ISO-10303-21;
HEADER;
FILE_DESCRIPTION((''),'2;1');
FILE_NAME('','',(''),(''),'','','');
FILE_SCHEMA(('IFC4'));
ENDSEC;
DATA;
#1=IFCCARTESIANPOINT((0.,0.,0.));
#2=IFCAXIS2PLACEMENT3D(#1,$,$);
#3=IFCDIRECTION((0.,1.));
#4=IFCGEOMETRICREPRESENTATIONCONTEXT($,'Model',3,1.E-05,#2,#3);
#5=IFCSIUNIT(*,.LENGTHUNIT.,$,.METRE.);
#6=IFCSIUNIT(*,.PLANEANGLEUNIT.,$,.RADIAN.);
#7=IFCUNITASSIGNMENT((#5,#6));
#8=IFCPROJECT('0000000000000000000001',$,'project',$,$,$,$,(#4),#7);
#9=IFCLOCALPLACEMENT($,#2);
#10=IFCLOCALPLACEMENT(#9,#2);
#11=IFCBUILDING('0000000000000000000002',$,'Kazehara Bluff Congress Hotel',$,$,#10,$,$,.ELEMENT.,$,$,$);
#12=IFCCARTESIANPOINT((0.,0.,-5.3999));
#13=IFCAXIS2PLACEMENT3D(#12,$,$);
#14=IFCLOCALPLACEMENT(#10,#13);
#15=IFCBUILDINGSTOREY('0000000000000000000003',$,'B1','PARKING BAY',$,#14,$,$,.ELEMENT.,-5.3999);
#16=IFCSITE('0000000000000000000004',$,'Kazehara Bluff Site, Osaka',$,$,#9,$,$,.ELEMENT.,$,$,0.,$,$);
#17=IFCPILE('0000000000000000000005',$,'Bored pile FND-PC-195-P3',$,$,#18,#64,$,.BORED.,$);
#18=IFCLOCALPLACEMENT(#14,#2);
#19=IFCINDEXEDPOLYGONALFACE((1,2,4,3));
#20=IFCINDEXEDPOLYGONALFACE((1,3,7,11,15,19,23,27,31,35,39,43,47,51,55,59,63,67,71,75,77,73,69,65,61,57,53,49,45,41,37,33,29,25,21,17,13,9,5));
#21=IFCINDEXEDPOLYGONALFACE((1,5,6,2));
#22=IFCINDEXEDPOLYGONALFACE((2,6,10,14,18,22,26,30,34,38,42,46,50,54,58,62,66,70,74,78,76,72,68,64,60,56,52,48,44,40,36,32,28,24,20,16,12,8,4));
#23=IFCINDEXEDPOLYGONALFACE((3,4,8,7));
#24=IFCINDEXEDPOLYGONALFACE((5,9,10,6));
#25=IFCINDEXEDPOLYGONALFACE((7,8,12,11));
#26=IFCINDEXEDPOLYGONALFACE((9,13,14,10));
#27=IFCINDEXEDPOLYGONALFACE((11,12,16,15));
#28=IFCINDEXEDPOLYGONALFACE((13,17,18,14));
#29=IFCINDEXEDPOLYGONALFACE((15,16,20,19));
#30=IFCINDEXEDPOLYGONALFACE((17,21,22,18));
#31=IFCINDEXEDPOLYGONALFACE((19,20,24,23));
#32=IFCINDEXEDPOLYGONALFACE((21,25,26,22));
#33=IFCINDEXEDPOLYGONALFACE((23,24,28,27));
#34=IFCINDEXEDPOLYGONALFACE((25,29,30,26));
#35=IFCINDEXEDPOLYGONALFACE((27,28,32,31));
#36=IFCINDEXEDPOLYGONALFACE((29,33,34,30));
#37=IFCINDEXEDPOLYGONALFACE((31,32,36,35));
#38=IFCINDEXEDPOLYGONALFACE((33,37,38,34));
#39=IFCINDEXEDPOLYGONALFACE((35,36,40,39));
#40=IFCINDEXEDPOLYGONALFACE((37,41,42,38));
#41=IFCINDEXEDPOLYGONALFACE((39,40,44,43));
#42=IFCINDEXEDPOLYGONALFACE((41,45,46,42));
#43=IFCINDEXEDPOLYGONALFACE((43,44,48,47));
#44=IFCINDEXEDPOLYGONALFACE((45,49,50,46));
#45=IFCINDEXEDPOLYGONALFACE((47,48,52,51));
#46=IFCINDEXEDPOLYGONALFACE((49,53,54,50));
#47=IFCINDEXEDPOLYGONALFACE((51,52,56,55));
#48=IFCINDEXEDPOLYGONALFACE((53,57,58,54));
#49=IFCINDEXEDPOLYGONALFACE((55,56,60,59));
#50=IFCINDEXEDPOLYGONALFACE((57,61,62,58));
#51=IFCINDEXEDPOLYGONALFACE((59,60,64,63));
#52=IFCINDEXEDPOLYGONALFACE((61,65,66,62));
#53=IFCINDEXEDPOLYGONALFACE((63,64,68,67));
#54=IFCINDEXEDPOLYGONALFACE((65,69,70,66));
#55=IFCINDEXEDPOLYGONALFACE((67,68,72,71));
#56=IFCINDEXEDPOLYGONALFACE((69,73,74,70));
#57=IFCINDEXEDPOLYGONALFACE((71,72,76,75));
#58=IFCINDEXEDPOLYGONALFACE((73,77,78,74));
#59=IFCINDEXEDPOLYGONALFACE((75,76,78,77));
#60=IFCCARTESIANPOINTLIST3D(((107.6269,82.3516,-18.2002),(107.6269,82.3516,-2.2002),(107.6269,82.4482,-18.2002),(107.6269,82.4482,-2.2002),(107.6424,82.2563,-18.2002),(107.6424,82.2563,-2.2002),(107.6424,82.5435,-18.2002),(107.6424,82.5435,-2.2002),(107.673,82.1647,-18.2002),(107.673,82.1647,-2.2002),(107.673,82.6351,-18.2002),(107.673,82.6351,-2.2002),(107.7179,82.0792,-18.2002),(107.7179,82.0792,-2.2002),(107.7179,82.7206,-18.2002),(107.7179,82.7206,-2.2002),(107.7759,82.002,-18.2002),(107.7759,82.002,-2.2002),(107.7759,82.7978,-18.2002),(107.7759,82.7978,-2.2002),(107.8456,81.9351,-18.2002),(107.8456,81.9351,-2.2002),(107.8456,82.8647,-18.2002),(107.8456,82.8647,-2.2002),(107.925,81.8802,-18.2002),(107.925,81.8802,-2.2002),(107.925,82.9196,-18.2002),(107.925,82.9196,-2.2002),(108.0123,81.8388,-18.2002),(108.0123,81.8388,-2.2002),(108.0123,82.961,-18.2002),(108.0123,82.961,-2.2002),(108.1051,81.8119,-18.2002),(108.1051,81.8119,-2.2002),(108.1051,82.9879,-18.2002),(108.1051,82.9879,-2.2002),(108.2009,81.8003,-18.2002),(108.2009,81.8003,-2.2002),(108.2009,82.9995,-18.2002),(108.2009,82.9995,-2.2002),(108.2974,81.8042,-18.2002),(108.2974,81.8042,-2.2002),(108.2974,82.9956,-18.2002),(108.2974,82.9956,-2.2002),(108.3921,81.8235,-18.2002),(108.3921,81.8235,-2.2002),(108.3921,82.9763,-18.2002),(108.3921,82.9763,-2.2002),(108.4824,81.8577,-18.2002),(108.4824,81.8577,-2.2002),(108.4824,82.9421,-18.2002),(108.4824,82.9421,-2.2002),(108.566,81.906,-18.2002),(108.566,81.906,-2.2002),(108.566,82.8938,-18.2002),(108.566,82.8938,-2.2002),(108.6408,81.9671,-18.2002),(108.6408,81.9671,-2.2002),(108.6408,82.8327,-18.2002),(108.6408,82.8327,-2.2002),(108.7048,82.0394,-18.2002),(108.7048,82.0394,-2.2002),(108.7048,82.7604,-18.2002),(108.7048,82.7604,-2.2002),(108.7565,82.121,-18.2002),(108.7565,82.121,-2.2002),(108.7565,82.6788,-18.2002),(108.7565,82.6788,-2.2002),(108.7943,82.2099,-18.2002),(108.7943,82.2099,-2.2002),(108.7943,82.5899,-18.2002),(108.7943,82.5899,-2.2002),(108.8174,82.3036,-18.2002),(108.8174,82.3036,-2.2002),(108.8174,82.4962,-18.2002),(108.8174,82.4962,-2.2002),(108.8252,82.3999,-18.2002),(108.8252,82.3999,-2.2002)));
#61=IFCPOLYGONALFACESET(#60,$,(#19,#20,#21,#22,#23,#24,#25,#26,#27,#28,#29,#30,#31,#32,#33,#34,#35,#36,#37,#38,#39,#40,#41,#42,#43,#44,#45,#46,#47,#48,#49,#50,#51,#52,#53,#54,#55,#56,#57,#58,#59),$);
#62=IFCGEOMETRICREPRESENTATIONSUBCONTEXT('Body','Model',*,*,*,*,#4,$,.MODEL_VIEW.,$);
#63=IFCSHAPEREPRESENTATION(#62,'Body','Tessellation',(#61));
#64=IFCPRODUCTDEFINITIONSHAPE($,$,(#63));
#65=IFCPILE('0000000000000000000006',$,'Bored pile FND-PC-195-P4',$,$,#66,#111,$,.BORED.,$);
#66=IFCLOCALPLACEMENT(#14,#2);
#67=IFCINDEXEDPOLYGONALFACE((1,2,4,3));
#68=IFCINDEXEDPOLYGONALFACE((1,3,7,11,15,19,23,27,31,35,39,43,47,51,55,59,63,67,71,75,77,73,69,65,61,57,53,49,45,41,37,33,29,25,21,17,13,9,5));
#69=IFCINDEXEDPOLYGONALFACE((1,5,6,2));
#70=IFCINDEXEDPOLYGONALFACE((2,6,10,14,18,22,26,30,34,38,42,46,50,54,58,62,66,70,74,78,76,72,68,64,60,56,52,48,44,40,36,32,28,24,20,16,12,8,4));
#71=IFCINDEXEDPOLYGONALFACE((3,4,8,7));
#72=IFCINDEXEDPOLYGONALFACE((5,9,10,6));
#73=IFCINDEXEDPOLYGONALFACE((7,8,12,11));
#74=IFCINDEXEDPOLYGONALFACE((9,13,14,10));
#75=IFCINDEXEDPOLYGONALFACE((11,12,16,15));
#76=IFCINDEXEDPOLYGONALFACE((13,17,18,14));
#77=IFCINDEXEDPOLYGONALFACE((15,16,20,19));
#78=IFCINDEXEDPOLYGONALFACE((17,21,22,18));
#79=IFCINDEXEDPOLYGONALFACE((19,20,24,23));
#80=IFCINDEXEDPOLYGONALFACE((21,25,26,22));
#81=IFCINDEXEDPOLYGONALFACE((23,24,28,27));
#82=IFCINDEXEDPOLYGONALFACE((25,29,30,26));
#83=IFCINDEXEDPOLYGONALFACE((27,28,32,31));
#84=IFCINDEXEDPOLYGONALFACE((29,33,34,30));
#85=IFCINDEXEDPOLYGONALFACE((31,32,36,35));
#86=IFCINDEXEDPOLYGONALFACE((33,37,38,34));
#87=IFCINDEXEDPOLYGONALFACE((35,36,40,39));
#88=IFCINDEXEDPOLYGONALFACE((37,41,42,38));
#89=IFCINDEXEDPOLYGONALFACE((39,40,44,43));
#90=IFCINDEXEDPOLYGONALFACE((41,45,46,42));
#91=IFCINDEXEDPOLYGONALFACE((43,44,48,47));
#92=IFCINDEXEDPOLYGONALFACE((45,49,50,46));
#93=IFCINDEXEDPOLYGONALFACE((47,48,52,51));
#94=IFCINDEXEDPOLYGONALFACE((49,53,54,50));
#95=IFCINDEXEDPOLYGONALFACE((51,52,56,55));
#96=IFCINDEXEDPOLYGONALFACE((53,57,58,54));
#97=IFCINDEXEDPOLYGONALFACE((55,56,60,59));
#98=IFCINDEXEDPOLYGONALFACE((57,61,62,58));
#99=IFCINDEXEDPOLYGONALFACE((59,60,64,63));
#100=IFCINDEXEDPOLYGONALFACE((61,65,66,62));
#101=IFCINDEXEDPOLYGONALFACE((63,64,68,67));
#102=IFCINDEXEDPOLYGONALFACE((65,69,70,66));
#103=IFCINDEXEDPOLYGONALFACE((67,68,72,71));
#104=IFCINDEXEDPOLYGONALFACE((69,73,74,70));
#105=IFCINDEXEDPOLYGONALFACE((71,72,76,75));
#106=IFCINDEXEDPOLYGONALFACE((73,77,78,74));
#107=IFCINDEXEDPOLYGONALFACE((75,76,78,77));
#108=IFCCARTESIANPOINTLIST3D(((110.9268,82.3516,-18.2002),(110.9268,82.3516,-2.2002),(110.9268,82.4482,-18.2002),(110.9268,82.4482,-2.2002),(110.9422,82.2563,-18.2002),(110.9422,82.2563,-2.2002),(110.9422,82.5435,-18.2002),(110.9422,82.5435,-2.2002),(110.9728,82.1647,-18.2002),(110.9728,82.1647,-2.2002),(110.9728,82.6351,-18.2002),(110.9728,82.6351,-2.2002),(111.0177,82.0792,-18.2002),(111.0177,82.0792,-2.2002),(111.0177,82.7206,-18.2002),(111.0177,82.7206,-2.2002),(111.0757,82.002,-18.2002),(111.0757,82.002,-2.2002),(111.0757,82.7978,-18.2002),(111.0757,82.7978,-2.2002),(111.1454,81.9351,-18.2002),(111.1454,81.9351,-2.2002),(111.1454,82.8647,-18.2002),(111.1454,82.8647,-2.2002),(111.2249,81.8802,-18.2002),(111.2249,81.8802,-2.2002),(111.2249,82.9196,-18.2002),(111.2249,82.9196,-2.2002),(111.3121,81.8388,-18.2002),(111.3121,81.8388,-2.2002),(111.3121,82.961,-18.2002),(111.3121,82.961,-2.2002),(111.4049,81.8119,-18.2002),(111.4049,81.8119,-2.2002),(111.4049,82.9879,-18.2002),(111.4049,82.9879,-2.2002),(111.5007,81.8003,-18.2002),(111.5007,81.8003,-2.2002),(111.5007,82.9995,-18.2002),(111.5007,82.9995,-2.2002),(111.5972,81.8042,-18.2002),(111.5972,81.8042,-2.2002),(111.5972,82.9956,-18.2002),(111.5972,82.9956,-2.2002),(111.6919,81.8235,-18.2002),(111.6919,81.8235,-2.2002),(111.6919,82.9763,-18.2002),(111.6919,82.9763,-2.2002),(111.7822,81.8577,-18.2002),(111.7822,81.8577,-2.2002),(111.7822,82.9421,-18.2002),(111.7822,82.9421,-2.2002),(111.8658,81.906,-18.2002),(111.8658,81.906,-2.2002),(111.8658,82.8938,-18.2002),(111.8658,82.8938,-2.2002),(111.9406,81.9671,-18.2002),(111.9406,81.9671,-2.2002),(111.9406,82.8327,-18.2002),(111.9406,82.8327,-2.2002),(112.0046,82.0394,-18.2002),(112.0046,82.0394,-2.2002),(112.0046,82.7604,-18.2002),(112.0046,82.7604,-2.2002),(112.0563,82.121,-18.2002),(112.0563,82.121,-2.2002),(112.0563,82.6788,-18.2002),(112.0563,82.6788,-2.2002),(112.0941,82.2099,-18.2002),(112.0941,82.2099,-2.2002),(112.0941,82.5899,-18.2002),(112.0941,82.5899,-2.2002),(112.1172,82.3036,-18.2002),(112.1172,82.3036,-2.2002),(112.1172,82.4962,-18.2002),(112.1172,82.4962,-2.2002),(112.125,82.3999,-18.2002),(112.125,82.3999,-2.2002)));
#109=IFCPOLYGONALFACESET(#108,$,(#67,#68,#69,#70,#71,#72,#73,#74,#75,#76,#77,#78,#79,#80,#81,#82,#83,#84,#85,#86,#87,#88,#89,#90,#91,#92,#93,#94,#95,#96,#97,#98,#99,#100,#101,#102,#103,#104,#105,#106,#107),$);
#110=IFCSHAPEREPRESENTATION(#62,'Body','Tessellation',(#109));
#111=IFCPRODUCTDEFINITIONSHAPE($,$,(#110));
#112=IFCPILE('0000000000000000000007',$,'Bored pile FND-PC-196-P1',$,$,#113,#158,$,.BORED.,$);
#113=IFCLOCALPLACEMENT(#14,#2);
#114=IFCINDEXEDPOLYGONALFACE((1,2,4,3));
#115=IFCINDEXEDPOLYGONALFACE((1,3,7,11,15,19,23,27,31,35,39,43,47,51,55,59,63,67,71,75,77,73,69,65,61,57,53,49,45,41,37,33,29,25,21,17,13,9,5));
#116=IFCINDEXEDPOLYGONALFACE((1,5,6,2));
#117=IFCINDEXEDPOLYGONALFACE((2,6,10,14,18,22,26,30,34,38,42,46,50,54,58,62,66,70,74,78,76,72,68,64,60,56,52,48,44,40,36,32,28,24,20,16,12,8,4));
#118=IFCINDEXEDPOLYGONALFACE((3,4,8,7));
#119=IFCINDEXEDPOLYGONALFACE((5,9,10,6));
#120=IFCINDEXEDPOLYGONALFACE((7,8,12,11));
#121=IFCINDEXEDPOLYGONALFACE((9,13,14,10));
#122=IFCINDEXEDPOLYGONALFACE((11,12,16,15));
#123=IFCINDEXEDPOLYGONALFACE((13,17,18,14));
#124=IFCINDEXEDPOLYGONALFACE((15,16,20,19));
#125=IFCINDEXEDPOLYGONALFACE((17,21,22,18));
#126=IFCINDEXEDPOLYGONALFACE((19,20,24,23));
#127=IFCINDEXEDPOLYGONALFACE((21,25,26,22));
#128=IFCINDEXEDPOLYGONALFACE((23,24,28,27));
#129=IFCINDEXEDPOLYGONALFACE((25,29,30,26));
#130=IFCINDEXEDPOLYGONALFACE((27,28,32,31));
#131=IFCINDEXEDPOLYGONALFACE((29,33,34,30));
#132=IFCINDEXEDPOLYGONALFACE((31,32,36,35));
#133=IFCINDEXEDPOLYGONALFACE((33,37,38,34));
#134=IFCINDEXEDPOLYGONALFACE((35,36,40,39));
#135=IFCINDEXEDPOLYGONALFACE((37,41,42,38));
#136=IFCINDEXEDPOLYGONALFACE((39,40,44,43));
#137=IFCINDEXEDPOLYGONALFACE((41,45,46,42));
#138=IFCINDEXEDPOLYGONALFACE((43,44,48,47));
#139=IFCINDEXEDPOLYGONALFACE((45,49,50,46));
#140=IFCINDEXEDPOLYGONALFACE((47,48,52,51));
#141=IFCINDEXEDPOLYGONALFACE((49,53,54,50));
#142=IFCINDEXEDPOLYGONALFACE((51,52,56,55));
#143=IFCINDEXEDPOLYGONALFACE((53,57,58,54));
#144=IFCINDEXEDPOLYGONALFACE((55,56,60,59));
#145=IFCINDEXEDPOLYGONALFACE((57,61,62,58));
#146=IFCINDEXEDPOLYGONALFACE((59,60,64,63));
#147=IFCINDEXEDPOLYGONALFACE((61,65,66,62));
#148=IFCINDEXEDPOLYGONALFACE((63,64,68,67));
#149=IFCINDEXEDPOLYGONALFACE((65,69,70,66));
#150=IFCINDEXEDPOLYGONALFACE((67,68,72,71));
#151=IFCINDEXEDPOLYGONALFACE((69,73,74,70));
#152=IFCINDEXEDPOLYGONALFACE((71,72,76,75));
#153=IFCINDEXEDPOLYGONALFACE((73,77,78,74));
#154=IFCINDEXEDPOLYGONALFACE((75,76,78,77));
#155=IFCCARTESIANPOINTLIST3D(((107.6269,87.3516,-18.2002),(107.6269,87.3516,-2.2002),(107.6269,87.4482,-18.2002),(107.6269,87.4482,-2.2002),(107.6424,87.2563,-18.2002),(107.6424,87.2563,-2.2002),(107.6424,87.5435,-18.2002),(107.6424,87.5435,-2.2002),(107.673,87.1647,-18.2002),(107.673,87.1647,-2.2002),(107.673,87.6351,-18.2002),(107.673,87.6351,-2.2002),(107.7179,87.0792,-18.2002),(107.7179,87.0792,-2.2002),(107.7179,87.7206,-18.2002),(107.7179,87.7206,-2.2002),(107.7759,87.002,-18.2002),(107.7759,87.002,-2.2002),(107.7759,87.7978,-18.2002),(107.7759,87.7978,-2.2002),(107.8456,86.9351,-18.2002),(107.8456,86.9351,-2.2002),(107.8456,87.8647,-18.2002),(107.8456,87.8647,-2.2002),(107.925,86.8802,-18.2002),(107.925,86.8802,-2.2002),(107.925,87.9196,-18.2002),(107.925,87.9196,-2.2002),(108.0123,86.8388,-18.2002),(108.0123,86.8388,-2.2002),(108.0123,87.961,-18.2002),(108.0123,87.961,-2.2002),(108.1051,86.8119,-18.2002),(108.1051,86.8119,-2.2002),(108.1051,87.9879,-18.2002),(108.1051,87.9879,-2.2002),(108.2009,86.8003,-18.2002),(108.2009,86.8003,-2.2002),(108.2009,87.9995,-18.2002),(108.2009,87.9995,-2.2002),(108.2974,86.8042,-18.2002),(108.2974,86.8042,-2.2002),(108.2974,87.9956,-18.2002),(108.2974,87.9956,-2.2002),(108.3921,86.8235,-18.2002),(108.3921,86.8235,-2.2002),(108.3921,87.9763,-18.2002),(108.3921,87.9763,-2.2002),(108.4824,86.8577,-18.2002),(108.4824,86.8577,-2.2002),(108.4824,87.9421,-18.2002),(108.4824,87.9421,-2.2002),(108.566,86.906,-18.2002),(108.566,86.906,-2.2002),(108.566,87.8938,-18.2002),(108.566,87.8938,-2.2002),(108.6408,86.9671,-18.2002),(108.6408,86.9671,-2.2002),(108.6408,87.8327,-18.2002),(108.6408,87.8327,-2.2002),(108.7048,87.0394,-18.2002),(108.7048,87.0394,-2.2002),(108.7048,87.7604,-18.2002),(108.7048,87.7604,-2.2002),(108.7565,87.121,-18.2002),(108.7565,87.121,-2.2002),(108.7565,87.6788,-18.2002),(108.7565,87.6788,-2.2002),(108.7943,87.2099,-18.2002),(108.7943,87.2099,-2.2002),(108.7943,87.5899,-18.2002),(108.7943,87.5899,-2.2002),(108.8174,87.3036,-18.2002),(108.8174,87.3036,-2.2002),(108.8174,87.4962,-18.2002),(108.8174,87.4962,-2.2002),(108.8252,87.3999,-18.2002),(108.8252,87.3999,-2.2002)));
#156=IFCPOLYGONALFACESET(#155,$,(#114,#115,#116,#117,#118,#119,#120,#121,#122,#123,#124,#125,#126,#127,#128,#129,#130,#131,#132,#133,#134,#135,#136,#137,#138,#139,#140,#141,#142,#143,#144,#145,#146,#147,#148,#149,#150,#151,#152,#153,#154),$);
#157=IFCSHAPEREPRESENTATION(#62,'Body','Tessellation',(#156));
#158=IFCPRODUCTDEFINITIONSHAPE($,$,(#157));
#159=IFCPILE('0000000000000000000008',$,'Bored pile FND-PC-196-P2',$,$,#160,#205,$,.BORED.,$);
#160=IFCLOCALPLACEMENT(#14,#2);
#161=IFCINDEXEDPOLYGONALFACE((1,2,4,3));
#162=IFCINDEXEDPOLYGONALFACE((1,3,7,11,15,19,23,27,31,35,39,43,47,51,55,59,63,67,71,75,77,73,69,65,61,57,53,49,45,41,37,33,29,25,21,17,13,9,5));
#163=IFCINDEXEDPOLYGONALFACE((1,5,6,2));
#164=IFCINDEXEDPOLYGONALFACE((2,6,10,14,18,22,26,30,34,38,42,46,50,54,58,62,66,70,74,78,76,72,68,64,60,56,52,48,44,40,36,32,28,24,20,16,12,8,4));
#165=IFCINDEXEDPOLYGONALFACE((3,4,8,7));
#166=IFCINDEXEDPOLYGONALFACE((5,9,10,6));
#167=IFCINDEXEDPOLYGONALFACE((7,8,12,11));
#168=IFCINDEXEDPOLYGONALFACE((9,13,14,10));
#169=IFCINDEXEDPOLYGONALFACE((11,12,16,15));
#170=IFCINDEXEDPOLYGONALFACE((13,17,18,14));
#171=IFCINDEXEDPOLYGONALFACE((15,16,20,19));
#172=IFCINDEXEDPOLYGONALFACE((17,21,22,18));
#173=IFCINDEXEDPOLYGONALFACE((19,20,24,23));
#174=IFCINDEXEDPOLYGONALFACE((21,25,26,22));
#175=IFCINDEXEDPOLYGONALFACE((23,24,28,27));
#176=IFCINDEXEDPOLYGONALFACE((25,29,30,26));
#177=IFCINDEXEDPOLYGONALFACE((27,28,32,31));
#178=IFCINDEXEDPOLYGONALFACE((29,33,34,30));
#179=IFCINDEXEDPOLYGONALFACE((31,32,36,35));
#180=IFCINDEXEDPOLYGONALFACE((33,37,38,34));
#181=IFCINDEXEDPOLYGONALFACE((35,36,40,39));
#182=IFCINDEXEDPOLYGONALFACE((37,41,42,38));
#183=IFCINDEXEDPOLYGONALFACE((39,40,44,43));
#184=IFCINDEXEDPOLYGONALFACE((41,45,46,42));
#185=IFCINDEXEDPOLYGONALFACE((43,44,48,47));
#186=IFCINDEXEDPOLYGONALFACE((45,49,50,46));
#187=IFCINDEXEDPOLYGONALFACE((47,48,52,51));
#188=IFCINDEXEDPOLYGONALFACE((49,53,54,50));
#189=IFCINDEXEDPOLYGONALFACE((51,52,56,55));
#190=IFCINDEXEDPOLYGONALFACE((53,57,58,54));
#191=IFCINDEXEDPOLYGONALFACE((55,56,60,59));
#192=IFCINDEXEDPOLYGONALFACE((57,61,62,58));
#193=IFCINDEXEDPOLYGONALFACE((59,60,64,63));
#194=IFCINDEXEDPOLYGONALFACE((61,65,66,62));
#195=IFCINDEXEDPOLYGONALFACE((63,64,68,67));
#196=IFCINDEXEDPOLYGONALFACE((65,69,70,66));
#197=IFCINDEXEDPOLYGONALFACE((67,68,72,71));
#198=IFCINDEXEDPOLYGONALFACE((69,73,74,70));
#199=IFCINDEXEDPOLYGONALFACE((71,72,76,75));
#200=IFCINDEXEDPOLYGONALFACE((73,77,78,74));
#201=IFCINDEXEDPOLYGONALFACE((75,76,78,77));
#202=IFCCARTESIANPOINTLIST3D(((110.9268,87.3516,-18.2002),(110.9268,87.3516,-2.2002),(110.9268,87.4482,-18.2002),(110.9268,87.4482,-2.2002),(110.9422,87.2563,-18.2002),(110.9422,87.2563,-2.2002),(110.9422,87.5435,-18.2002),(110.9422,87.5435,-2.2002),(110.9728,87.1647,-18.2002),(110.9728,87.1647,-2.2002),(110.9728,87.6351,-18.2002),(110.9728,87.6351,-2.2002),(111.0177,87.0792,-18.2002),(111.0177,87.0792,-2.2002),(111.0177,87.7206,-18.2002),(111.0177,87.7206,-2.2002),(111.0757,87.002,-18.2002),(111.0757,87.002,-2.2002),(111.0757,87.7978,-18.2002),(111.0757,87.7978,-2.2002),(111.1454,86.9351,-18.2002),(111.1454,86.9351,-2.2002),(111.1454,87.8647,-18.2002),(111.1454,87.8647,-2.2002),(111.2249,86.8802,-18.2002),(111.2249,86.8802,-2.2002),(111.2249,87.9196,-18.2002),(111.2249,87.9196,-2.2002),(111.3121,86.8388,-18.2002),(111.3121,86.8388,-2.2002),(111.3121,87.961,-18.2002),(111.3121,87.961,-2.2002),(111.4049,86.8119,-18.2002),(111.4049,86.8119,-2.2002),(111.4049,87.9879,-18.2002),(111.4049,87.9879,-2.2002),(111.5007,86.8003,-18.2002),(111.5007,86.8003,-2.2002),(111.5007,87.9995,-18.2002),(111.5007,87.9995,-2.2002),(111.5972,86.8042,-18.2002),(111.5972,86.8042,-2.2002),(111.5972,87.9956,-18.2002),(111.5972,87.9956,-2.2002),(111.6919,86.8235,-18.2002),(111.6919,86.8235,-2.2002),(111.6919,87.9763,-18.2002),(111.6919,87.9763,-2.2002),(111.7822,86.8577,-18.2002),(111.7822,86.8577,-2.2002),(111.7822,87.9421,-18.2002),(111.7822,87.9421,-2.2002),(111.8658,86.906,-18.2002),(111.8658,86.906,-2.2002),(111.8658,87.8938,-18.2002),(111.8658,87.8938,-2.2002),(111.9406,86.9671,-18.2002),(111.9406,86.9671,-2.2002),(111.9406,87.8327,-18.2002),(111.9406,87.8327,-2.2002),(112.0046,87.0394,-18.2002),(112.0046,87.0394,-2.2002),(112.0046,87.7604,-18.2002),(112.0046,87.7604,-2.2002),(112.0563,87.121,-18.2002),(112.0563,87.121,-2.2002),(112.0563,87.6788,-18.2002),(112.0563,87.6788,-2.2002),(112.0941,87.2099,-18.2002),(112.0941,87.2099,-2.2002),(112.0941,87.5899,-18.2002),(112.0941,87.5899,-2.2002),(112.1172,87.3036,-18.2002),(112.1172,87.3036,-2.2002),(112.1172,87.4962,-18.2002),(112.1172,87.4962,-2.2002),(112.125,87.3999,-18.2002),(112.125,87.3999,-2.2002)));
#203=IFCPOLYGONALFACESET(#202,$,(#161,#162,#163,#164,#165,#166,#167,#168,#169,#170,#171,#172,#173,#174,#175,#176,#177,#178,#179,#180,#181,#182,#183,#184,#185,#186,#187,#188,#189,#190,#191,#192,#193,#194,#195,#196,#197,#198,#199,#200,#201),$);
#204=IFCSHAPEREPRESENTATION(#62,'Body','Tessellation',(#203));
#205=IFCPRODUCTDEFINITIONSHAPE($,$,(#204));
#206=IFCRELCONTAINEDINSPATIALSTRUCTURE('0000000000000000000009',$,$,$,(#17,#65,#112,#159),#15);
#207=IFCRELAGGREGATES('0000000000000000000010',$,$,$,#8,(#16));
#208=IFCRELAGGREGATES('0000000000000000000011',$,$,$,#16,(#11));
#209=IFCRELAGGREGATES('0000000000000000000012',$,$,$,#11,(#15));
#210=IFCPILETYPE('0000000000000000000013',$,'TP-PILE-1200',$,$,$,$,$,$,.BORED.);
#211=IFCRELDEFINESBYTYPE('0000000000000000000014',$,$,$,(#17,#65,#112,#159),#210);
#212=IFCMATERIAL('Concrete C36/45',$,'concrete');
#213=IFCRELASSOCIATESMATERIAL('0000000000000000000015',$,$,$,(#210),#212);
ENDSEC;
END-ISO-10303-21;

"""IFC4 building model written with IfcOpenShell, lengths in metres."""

from ifc_helpers import new_model, si_unit, direction, frame, origin, origin_2d, place, context, subcontext, project, spatial, circle, extrude, material, material_profile, profile_set, type_object, element, save


model = new_model("IFC4")

# Units and contexts
model_context = context("Model", 3, precision=1e-05, world=origin(), true_north=direction((0.0, 1.0)))
body_context = subcontext(model_context, "Body", "Model", "MODEL_VIEW")
ifc_project = project(units=[si_unit("LENGTHUNIT", "METRE"), si_unit("PLANEANGLEUNIT", "RADIAN")], contexts=[model_context])

# Site, building, storey
site_placement = place(None, origin())
site = spatial("IfcSite", under=ifc_project, at=site_placement, Name="Kazehara Bluff Site, Osaka", CompositionType="ELEMENT", RefElevation=0.0)
building_placement = place(site_placement, origin())
building = spatial("IfcBuilding", under=site, at=building_placement, Name="Kazehara Bluff Congress Hotel", CompositionType="ELEMENT")
storey_placement = place(building_placement, frame((0.0, 0.0, -5.3999)))
storey = spatial("IfcBuildingStorey", under=building, at=storey_placement, Name="B1", Description="PARKING BAY", CompositionType="ELEMENT", Elevation=-5.3999)

# Piles
ifc_material_1 = material(Name="Concrete C36/45", Category="concrete")
ifc_material_profile_1 = material_profile(ifc_material_1, circle(Radius=0.6001, at=origin_2d()))
ifc_profile_set_1 = profile_set([ifc_material_profile_1], Name="Concrete C36/45")
pile_type = type_object("IfcPileType", Name="TP-PILE-1200", PredefinedType="BORED", material=ifc_profile_set_1)
for number, where, z_axis, x_axis, name in (
    (1, (108.2251, 82.3999, -2.2002), (0.0, 0.0, -1.0), (1.0, 0.0, 0.0), "Bored pile FND-PC-195-P3"),
    (2, (111.5249, 82.3999, -2.2002), (0.0, 0.0, -1.0), (1.0, 0.0, 0.0), "Bored pile FND-PC-195-P4"),
    (3, (108.2251, 87.3999, -2.2002), (0.0, 0.0, -1.0), (1.0, 0.0, 0.0), "Bored pile FND-PC-196-P1"),
    (4, (111.5249, 87.3999, -2.2002), (0.0, 0.0, -1.0), (1.0, 0.0, 0.0), "Bored pile FND-PC-196-P2"),
):
    element("IfcPile", number, at=place(storey_placement, frame(where, z_axis=z_axis, x_axis=x_axis)), inside=storey, type_object=pile_type, Name=name, PredefinedType="BORED", context=body_context, shape_type="SweptSolid", body=[
        extrude(circle(Radius=0.6001, at=origin_2d()), origin(), (0.0, 0.0, 1.0), 16.0),
    ])

save(model, "model.ifc")
